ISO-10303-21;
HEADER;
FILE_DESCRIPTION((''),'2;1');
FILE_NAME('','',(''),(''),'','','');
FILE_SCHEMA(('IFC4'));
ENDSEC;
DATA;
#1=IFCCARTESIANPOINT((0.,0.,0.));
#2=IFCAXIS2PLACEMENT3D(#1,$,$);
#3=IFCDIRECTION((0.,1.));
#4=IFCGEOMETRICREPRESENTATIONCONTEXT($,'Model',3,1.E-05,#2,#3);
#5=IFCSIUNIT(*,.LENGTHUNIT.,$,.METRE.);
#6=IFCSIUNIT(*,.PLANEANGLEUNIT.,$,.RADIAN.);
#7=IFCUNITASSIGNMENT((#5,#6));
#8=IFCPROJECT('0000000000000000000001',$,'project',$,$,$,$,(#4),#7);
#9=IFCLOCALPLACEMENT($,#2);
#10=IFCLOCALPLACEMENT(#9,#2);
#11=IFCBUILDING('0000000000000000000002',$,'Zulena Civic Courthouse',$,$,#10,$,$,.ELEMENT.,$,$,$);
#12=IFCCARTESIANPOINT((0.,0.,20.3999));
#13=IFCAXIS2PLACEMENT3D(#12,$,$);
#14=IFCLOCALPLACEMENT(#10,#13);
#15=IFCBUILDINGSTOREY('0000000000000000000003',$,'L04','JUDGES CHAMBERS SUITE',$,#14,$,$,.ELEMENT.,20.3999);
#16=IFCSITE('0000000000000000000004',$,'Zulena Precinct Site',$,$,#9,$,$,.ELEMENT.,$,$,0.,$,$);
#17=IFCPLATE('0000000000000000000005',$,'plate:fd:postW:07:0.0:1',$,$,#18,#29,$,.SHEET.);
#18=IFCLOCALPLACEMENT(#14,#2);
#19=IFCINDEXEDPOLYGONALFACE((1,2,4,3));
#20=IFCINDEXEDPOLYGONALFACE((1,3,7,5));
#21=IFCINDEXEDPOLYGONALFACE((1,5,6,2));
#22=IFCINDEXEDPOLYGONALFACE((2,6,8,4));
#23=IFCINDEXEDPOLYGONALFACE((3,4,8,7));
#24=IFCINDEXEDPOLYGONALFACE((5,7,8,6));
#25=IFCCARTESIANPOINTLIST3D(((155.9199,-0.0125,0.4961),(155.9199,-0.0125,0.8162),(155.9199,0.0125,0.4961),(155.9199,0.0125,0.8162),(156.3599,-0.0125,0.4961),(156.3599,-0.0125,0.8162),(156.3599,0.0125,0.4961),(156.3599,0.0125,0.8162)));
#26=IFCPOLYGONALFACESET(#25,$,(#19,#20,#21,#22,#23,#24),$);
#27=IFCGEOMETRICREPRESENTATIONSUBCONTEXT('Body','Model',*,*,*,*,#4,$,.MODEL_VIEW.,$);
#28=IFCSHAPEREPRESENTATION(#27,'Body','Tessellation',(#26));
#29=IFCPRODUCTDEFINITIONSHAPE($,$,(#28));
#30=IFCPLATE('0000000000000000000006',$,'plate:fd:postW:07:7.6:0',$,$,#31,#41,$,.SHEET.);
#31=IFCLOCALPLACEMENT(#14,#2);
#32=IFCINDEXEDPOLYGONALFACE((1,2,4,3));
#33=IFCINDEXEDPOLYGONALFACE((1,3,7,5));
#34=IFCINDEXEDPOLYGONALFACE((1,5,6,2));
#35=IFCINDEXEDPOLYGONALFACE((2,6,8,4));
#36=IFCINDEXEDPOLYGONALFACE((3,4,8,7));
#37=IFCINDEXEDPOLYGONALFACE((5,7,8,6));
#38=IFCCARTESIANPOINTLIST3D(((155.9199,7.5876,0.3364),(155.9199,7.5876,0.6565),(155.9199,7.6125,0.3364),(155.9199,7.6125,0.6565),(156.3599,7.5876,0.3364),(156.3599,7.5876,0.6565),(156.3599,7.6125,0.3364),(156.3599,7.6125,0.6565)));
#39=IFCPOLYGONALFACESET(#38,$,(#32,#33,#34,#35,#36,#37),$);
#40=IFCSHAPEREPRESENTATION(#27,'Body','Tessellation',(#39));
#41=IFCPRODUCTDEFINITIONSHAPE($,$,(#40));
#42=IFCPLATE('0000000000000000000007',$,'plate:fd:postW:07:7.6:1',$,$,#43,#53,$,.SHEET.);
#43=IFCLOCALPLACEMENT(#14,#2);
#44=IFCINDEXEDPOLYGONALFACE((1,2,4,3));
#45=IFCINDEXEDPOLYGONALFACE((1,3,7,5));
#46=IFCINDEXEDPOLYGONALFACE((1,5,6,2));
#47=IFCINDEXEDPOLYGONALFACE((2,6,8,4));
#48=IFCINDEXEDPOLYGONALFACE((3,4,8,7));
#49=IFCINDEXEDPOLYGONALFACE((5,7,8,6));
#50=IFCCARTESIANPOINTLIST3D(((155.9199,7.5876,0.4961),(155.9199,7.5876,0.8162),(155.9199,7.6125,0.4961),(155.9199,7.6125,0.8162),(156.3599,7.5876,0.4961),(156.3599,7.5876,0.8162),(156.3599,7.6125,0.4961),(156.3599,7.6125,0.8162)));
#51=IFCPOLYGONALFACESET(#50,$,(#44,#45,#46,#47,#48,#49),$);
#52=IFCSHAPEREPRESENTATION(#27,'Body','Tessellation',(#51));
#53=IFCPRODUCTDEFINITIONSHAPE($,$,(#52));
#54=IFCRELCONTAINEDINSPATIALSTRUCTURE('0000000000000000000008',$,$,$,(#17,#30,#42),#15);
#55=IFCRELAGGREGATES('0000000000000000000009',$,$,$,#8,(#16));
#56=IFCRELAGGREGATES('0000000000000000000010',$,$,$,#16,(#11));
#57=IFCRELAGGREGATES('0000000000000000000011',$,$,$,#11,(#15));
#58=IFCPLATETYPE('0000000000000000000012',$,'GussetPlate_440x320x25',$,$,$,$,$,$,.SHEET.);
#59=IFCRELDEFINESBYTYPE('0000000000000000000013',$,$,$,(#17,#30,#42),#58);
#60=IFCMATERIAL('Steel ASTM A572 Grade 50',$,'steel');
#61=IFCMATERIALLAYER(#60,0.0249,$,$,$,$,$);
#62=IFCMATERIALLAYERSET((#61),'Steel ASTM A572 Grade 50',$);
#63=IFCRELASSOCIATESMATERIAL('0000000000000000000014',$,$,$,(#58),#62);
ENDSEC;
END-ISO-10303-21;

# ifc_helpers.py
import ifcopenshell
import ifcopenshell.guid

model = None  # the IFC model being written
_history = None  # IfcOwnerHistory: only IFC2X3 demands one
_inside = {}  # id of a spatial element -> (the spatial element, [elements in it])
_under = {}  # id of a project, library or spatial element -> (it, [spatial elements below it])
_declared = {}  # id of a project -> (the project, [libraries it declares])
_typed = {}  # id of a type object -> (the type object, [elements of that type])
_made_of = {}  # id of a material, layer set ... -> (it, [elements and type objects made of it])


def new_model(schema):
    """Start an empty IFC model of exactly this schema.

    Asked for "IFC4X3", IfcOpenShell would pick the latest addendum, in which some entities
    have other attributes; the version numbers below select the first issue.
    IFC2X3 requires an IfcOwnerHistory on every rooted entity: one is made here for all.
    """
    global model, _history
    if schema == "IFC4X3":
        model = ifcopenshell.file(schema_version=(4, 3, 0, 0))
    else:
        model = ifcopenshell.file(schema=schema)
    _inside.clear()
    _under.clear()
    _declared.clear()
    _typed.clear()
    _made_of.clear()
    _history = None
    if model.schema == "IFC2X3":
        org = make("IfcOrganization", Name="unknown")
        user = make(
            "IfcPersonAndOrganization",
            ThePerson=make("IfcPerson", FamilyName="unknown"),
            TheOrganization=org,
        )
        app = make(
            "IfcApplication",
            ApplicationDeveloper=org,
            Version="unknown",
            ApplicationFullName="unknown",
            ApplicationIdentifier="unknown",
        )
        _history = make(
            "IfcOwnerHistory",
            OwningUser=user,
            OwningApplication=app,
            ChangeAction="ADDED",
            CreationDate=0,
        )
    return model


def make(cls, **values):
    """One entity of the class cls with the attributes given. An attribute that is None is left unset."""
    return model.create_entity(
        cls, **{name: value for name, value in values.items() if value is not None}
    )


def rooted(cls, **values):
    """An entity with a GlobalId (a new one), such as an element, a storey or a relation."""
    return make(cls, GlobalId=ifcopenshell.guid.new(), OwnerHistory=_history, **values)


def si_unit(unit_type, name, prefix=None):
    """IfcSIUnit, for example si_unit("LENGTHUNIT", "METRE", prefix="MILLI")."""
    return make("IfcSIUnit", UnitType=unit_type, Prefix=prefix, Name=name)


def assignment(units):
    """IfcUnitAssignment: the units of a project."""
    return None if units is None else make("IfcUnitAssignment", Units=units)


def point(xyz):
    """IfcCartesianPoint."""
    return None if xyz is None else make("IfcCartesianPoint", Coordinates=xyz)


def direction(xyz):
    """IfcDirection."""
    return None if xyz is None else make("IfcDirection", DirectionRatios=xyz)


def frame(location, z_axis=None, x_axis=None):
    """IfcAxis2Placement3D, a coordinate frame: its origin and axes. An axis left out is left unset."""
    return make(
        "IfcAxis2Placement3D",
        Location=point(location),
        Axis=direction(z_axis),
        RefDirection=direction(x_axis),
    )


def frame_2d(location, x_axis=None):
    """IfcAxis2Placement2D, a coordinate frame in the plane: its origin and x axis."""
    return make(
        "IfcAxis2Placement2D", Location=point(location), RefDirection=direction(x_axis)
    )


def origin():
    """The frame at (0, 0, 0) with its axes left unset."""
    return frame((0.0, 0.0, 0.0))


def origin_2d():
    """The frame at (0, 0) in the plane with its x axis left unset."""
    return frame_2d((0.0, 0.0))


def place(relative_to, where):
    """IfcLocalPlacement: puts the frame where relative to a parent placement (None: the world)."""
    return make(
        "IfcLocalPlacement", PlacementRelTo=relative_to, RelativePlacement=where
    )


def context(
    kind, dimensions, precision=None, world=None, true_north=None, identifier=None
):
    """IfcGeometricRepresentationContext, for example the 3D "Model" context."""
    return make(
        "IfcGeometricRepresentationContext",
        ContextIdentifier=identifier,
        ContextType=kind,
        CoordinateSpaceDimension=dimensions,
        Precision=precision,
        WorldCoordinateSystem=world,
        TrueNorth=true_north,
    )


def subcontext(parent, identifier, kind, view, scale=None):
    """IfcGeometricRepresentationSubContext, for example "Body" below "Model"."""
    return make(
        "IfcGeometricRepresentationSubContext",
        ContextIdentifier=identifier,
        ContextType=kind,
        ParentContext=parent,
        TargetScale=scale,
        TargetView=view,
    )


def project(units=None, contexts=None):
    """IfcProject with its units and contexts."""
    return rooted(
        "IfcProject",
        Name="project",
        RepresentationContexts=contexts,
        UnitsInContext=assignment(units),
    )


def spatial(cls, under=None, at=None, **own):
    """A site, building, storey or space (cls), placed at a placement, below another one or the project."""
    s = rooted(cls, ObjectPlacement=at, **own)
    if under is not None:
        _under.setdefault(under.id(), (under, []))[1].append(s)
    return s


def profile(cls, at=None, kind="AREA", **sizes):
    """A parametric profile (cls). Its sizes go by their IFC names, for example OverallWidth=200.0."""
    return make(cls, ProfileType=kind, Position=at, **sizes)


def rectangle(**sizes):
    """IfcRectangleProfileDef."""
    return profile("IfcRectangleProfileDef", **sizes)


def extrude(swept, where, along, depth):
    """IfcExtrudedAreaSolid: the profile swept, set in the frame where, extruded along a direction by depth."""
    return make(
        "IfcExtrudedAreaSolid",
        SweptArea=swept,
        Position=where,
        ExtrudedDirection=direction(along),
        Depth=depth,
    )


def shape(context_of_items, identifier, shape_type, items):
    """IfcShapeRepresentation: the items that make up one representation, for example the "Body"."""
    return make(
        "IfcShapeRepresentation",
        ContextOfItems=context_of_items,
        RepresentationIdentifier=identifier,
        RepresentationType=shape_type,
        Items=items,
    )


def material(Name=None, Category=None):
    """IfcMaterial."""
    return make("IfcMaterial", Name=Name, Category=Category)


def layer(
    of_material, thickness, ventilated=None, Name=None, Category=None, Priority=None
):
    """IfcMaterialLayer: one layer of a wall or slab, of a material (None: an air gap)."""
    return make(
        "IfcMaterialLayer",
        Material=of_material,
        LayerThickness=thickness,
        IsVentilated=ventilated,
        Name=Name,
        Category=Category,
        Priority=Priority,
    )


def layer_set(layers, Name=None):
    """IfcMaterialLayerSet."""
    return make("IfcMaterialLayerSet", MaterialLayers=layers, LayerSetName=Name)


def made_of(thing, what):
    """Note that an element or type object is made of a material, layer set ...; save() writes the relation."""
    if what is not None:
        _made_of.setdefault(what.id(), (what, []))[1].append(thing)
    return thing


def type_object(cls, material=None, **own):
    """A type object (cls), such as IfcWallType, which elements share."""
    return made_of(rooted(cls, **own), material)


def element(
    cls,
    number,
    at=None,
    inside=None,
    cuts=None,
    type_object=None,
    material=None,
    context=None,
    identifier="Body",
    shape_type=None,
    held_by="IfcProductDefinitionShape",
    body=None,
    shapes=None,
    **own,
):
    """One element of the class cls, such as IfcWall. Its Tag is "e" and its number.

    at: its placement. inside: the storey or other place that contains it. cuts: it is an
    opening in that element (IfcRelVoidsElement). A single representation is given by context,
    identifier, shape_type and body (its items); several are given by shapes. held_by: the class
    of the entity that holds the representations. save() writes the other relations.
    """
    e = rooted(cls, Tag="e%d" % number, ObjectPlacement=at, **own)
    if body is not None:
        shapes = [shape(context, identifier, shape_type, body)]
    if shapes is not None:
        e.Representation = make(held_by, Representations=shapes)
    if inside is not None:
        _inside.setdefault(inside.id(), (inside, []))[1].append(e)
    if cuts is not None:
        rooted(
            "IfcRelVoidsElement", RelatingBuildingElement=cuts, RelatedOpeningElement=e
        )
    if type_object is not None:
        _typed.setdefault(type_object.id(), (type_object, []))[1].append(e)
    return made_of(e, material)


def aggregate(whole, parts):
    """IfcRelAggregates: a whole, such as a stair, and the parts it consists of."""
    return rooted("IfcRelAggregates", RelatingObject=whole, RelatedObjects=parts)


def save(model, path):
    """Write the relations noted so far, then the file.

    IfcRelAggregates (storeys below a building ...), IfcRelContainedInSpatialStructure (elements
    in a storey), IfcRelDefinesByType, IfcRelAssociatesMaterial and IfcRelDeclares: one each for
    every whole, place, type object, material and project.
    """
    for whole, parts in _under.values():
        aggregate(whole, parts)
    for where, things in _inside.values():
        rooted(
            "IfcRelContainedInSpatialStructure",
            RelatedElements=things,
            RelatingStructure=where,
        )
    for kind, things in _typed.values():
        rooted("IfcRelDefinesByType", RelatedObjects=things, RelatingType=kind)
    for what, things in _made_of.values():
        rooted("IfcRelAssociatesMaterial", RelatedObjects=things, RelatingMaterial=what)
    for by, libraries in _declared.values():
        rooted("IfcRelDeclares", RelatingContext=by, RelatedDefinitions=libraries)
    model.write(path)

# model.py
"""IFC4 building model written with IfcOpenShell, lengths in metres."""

from ifc_helpers import new_model, si_unit, direction, frame, origin, origin_2d, place, context, subcontext, project, spatial, rectangle, extrude, material, layer, layer_set, type_object, element, save


model = new_model("IFC4")

# Units and contexts
model_context = context("Model", 3, precision=1e-05, world=origin(), true_north=direction((0.0, 1.0)))
body_context = subcontext(model_context, "Body", "Model", "MODEL_VIEW")
ifc_project = project(units=[si_unit("LENGTHUNIT", "METRE"), si_unit("PLANEANGLEUNIT", "RADIAN")], contexts=[model_context])

# Site, building, storey
site_placement = place(None, origin())
site = spatial("IfcSite", under=ifc_project, at=site_placement, Name="Zulena Precinct Site", CompositionType="ELEMENT", RefElevation=0.0)
building_placement = place(site_placement, origin())
building = spatial("IfcBuilding", under=site, at=building_placement, Name="Zulena Civic Courthouse", CompositionType="ELEMENT")
storey_placement = place(building_placement, frame((0.0, 0.0, 20.3999)))
storey = spatial("IfcBuildingStorey", under=building, at=storey_placement, Name="L04", Description="JUDGES CHAMBERS SUITE", CompositionType="ELEMENT", Elevation=20.3999)

# Plates
ifc_material_1 = material(Name="Steel ASTM A572 Grade 50", Category="steel")
ifc_layer_1 = layer(ifc_material_1, 0.0249)
ifc_layer_set_1 = layer_set([ifc_layer_1], Name="Steel ASTM A572 Grade 50")
plate_type = type_object("IfcPlateType", Name="GussetPlate_440x320x25", PredefinedType="SHEET", material=ifc_layer_set_1)
for number, where, z_axis, x_axis, name in (
    (1, (156.1399, 0.0, 0.4961), (0.0, 0.0, 1.0), (1.0, 0.0, 0.0), "plate:fd:postW:07:0.0:1"),
    (2, (156.1399, 7.6001, 0.3364), (0.0, 0.0, 1.0), (1.0, 0.0, 0.0), "plate:fd:postW:07:7.6:0"),
    (3, (156.1399, 7.6001, 0.4961), (0.0, 0.0, 1.0), (1.0, 0.0, 0.0), "plate:fd:postW:07:7.6:1"),
):
    element("IfcPlate", number, at=place(storey_placement, frame(where, z_axis=z_axis, x_axis=x_axis)), inside=storey, type_object=plate_type, Name=name, PredefinedType="SHEET", context=body_context, shape_type="SweptSolid", body=[
        extrude(rectangle(XDim=0.4399, YDim=0.0249, at=origin_2d()), origin(), (0.0, 0.0, 1.0), 0.3201),
    ])

save(model, "model.ifc")
